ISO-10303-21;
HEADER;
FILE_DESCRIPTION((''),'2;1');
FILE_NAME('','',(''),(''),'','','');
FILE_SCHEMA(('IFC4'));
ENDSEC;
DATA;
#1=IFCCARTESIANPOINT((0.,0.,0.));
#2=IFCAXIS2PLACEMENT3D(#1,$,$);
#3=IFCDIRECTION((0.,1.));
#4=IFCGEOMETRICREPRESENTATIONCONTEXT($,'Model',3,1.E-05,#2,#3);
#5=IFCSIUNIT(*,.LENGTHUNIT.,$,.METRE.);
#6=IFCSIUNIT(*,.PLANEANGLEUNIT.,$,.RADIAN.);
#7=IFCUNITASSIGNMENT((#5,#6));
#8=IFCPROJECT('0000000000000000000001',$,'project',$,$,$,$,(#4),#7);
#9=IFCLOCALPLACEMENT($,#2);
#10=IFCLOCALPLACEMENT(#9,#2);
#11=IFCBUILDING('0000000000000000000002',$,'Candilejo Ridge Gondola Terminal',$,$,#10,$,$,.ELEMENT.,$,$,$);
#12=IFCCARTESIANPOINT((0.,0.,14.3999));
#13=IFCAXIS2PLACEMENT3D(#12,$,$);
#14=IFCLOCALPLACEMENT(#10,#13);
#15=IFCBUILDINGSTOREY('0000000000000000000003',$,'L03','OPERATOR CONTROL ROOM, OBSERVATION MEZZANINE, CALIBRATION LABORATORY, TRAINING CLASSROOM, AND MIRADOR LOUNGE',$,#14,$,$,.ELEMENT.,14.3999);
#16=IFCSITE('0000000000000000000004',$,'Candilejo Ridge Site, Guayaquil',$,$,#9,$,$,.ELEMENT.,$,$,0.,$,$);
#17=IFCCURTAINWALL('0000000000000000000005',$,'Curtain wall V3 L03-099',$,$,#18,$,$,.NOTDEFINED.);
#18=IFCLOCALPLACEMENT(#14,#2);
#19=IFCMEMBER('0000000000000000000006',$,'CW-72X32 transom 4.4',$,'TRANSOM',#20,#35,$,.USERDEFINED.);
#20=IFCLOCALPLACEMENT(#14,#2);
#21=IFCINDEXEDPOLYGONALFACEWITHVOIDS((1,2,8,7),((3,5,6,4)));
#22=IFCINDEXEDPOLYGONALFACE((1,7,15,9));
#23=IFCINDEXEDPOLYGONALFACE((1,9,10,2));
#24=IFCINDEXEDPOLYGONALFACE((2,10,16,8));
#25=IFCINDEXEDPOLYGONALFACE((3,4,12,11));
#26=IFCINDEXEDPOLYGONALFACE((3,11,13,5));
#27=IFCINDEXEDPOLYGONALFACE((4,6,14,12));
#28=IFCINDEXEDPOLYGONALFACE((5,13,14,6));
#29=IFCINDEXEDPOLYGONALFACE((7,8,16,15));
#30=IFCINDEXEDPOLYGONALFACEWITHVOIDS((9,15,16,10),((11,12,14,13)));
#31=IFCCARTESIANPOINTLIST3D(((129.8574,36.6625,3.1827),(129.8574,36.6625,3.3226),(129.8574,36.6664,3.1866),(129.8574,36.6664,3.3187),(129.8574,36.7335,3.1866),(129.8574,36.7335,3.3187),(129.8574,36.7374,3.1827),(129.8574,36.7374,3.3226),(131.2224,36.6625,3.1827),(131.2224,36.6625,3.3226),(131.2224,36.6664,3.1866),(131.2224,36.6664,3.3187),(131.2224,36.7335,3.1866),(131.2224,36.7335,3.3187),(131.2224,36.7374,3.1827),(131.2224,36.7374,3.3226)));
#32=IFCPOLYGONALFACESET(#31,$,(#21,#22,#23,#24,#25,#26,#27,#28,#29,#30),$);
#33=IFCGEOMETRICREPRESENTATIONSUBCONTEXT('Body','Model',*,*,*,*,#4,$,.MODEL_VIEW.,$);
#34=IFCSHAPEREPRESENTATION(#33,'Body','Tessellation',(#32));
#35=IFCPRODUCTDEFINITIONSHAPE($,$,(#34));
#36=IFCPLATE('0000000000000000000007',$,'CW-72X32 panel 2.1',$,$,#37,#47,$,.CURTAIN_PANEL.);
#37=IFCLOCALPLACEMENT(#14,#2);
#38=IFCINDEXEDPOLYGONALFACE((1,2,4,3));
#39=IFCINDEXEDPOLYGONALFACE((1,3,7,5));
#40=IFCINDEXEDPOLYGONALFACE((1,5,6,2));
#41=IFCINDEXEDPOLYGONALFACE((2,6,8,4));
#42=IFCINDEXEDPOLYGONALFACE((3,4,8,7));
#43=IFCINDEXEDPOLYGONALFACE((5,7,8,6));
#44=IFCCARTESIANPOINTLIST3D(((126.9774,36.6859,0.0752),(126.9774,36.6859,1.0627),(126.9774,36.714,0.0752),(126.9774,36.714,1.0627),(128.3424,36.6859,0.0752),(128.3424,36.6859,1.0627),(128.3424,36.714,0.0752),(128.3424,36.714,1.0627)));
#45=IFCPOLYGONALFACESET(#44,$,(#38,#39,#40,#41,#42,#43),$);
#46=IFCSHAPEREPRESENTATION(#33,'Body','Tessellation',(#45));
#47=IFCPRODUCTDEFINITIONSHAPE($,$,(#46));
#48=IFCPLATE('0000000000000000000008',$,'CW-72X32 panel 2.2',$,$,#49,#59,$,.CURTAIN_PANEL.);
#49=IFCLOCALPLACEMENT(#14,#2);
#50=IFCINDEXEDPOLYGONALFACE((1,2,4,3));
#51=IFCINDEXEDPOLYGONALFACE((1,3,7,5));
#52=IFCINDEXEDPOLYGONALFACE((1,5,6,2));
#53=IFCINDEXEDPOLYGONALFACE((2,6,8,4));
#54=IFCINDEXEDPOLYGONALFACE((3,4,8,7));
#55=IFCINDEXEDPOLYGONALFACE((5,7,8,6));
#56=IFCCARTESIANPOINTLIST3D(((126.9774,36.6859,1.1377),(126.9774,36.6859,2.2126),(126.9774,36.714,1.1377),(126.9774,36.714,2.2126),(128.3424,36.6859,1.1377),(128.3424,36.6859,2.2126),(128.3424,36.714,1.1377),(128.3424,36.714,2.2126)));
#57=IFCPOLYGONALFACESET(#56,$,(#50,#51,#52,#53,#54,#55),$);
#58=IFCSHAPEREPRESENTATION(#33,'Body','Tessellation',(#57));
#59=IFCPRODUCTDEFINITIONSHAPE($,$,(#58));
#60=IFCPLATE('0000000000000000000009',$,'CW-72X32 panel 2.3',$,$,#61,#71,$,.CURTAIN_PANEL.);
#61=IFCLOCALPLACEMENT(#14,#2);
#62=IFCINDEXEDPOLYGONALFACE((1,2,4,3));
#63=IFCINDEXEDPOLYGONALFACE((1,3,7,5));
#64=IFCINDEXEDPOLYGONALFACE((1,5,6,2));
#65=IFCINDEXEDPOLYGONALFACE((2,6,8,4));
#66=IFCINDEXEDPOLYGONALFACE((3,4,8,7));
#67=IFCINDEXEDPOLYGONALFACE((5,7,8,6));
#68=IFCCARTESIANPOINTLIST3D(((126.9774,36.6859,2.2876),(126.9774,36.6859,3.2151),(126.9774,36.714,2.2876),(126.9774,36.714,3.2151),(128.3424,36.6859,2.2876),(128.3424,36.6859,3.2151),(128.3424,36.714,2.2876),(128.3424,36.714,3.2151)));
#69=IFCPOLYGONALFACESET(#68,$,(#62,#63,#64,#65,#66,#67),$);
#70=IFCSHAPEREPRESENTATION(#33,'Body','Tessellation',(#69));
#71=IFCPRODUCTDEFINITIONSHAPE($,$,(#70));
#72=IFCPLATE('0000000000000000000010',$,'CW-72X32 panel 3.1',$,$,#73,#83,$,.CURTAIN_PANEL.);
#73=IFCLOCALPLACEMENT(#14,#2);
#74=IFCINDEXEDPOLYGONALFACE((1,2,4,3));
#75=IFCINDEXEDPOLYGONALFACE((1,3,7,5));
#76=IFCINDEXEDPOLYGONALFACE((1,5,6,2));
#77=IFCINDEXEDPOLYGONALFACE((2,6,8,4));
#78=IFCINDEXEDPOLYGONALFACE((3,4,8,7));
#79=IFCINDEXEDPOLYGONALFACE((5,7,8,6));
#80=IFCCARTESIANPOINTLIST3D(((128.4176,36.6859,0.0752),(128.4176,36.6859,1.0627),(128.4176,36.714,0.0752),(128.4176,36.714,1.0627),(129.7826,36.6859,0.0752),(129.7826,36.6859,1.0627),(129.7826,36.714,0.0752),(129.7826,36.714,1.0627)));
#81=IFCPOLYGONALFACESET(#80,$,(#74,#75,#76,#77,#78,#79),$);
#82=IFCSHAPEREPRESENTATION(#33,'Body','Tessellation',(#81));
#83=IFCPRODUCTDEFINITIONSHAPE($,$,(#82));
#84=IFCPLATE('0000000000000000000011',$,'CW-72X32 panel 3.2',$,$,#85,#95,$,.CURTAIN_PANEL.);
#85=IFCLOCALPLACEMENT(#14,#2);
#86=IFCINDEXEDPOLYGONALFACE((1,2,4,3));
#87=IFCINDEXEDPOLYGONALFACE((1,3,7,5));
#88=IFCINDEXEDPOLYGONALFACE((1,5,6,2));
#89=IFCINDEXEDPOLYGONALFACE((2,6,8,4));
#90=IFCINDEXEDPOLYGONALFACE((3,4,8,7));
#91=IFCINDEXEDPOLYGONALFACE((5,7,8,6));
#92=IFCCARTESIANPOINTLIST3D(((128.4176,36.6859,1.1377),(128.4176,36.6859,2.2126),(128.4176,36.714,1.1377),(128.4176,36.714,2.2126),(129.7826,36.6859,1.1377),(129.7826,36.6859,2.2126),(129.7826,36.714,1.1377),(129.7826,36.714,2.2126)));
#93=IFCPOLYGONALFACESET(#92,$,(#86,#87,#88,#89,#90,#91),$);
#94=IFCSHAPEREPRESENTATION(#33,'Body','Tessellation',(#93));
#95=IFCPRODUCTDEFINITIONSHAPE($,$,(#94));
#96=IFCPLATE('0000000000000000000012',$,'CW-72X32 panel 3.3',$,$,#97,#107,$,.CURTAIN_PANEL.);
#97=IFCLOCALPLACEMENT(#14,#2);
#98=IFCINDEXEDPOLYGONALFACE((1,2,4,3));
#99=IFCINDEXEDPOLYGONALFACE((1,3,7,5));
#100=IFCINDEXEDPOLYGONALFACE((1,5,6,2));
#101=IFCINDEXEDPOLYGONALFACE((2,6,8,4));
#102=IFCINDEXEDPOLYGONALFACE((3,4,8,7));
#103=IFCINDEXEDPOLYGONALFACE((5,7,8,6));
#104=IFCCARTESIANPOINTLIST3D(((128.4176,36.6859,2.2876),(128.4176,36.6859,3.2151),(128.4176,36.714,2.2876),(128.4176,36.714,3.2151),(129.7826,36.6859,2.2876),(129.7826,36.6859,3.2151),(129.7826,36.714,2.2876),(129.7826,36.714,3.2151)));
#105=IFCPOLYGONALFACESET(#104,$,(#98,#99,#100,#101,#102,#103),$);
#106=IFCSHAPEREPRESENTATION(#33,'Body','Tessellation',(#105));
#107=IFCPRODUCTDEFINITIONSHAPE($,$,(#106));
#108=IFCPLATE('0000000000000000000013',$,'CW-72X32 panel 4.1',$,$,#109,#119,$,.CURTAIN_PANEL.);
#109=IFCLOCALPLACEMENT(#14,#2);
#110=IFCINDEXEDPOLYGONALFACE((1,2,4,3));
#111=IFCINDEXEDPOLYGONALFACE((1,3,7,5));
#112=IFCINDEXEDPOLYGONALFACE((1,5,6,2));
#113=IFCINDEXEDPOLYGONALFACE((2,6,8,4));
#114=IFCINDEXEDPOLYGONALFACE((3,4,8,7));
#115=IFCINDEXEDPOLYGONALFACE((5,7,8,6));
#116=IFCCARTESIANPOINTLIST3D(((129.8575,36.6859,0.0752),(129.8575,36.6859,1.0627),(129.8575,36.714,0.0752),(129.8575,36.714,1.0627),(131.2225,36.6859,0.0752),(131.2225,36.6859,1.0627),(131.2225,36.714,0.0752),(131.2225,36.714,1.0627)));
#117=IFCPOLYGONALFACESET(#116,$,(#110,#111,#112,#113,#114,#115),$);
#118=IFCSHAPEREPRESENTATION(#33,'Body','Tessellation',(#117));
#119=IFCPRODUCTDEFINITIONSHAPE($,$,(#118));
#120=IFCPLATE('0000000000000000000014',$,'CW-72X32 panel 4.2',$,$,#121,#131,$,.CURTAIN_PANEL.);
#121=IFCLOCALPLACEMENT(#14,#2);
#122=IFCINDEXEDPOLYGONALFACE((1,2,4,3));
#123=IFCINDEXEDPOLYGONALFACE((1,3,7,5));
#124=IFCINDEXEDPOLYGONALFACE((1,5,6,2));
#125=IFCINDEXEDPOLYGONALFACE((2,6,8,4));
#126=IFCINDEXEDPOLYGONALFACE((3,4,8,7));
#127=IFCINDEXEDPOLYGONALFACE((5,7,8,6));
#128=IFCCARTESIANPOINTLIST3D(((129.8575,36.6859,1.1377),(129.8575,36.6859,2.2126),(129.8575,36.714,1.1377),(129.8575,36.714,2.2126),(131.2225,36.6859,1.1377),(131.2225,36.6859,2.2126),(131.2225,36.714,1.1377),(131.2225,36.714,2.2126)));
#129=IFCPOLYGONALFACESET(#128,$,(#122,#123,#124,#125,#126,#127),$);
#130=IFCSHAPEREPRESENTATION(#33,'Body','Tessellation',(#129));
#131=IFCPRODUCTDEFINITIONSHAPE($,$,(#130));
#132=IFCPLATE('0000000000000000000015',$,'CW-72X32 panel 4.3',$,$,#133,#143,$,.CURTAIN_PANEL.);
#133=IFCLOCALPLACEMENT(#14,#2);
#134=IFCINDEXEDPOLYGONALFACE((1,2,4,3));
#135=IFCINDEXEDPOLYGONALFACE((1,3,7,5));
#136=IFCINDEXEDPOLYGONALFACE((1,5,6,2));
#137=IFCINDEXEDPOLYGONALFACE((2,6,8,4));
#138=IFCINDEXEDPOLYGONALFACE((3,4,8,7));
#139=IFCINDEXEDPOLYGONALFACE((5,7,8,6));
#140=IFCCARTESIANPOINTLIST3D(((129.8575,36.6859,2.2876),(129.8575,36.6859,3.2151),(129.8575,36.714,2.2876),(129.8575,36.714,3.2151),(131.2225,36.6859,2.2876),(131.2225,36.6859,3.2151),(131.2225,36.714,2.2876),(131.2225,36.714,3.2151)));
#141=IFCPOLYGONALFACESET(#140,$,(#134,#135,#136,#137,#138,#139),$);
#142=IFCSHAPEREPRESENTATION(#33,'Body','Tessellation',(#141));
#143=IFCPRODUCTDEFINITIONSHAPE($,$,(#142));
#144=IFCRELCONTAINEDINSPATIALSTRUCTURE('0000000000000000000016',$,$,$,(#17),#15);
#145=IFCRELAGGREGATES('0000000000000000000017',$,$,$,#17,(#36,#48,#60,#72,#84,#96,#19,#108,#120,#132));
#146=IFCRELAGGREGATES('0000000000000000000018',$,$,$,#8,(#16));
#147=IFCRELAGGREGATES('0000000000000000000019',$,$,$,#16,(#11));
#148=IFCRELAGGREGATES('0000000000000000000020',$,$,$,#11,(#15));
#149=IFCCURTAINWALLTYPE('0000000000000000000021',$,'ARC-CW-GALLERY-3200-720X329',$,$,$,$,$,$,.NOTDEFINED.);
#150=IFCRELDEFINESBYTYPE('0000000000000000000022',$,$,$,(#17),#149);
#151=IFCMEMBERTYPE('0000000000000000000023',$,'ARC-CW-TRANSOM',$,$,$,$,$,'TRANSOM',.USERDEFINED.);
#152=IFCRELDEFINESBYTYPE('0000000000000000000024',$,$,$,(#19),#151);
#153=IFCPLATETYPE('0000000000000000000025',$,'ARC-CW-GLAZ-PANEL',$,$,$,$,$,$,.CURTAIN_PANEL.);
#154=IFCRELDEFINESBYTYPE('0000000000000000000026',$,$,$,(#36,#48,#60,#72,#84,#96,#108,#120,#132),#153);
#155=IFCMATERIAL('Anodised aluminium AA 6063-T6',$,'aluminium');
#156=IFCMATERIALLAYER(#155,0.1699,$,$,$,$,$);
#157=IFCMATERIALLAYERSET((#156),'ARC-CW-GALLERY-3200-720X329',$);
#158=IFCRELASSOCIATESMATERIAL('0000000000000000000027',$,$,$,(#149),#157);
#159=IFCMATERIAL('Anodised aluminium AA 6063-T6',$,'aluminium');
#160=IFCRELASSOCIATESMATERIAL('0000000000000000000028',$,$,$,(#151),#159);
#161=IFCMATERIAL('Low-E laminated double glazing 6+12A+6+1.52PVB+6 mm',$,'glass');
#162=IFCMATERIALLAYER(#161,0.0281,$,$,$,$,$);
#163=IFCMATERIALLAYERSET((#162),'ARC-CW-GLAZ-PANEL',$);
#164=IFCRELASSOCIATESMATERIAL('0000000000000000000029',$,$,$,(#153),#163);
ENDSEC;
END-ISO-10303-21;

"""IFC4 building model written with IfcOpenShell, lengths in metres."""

from ifc_helpers import new_model, si_unit, direction, frame, origin, origin_2d, place, context, subcontext, project, spatial, rectangle, hollow_rectangle, extrude, material, layer, layer_set, material_profile, profile_set, type_object, element, aggregate, save


model = new_model("IFC4")

# Units and contexts
model_context = context("Model", 3, precision=1e-05, world=origin(), true_north=direction((0.0, 1.0)))
body_context = subcontext(model_context, "Body", "Model", "MODEL_VIEW")
ifc_project = project(units=[si_unit("LENGTHUNIT", "METRE"), si_unit("PLANEANGLEUNIT", "RADIAN")], contexts=[model_context])

# Site, building, storey
site_placement = place(None, origin())
site = spatial("IfcSite", under=ifc_project, at=site_placement, Name="Candilejo Ridge Site, Guayaquil", CompositionType="ELEMENT", RefElevation=0.0)
building_placement = place(site_placement, origin())
building = spatial("IfcBuilding", under=site, at=building_placement, Name="Candilejo Ridge Gondola Terminal", CompositionType="ELEMENT")
storey_placement = place(building_placement, frame((0.0, 0.0, 14.3999)))
storey = spatial("IfcBuildingStorey", under=building, at=storey_placement, Name="L03", Description="OPERATOR CONTROL ROOM, OBSERVATION MEZZANINE, CALIBRATION LABORATORY, TRAINING CLASSROOM, AND MIRADOR LOUNGE", CompositionType="ELEMENT", Elevation=14.3999)

# Curtain wall, member, plates
ifc_material_1 = material(Name="Anodised aluminium AA 6063-T6", Category="aluminium")
ifc_layer_1 = layer(ifc_material_1, 0.1699)
ifc_layer_set_1 = layer_set([ifc_layer_1], Name="ARC-CW-GALLERY-3200-720X329")
curtain_wall_type = type_object("IfcCurtainWallType", Name="ARC-CW-GALLERY-3200-720X329", PredefinedType="NOTDEFINED", material=ifc_layer_set_1)
curtain_wall_placement = place(storey_placement, origin())
curtain_wall = element("IfcCurtainWall", 1, at=curtain_wall_placement, inside=storey, type_object=curtain_wall_type, Name="Curtain wall V3 L03-099", PredefinedType="NOTDEFINED")
ifc_material_2 = material(Name="Anodised aluminium AA 6063-T6", Category="aluminium")
ifc_material_profile_1 = material_profile(ifc_material_2, hollow_rectangle(XDim=0.075, YDim=0.1399, WallThickness=0.0039, at=origin_2d()))
ifc_profile_set_1 = profile_set([ifc_material_profile_1], Name="Anodised aluminium AA 6063-T6")
member_type_1 = type_object("IfcMemberType", Name="ARC-CW-TRANSOM", ElementType="TRANSOM", PredefinedType="USERDEFINED", material=ifc_profile_set_1)
member_1_placement = place(storey_placement, frame((129.8574, 36.7, 3.2527), z_axis=(1.0, 0.0, 0.0), x_axis=(0.0, 1.0, 0.0)))
member_1 = element("IfcMember", 2, at=member_1_placement, type_object=member_type_1, Name="CW-72X32 transom 4.4", ObjectType="TRANSOM", PredefinedType="USERDEFINED", context=body_context, shape_type="SweptSolid", body=[
    extrude(hollow_rectangle(XDim=0.075, YDim=0.1399, WallThickness=0.0039, at=origin_2d()), origin(), (0.0, 0.0, 1.0), 1.365),
])
ifc_material_3 = material(Name="Low-E laminated double glazing 6+12A+6+1.52PVB+6 mm", Category="glass")
ifc_layer_2 = layer(ifc_material_3, 0.0281)
ifc_layer_set_2 = layer_set([ifc_layer_2], Name="ARC-CW-GLAZ-PANEL")
plate_type = type_object("IfcPlateType", Name="ARC-CW-GLAZ-PANEL", PredefinedType="CURTAIN_PANEL", material=ifc_layer_set_2)
plate_1_placement = place(storey_placement, frame((127.6599, 36.7, 0.0752), z_axis=(0.0, 0.0, 1.0), x_axis=(1.0, 0.0, 0.0)))
plate_1 = element("IfcPlate", 3, at=plate_1_placement, type_object=plate_type, Name="CW-72X32 panel 2.1", PredefinedType="CURTAIN_PANEL", context=body_context, shape_type="SweptSolid", body=[
    extrude(rectangle(XDim=1.365, YDim=0.0281, at=origin_2d()), origin(), (0.0, 0.0, 1.0), 0.9875),
])
plate_2_placement = place(storey_placement, frame((127.6599, 36.7, 1.1377), z_axis=(0.0, 0.0, 1.0), x_axis=(1.0, 0.0, 0.0)))
plate_2 = element("IfcPlate", 4, at=plate_2_placement, type_object=plate_type, Name="CW-72X32 panel 2.2", PredefinedType="CURTAIN_PANEL", context=body_context, shape_type="SweptSolid", body=[
    extrude(rectangle(XDim=1.365, YDim=0.0281, at=origin_2d()), origin(), (0.0, 0.0, 1.0), 1.075),
])
plate_3_placement = place(storey_placement, frame((127.6599, 36.7, 2.2876), z_axis=(0.0, 0.0, 1.0), x_axis=(1.0, 0.0, 0.0)))
plate_3 = element("IfcPlate", 5, at=plate_3_placement, type_object=plate_type, Name="CW-72X32 panel 2.3", PredefinedType="CURTAIN_PANEL", context=body_context, shape_type="SweptSolid", body=[
    extrude(rectangle(XDim=1.365, YDim=0.0281, at=origin_2d()), origin(), (0.0, 0.0, 1.0), 0.9275),
])
plate_4_placement = place(storey_placement, frame((129.1001, 36.7, 0.0752), z_axis=(0.0, 0.0, 1.0), x_axis=(1.0, 0.0, 0.0)))
plate_4 = element("IfcPlate", 6, at=plate_4_placement, type_object=plate_type, Name="CW-72X32 panel 3.1", PredefinedType="CURTAIN_PANEL", context=body_context, shape_type="SweptSolid", body=[
    extrude(rectangle(XDim=1.365, YDim=0.0281, at=origin_2d()), origin(), (0.0, 0.0, 1.0), 0.9875),
])
plate_5_placement = place(storey_placement, frame((129.1001, 36.7, 1.1377), z_axis=(0.0, 0.0, 1.0), x_axis=(1.0, 0.0, 0.0)))
plate_5 = element("IfcPlate", 7, at=plate_5_placement, type_object=plate_type, Name="CW-72X32 panel 3.2", PredefinedType="CURTAIN_PANEL", context=body_context, shape_type="SweptSolid", body=[
    extrude(rectangle(XDim=1.365, YDim=0.0281, at=origin_2d()), origin(), (0.0, 0.0, 1.0), 1.075),
])
plate_6_placement = place(storey_placement, frame((129.1001, 36.7, 2.2876), z_axis=(0.0, 0.0, 1.0), x_axis=(1.0, 0.0, 0.0)))
plate_6 = element("IfcPlate", 8, at=plate_6_placement, type_object=plate_type, Name="CW-72X32 panel 3.3", PredefinedType="CURTAIN_PANEL", context=body_context, shape_type="SweptSolid", body=[
    extrude(rectangle(XDim=1.365, YDim=0.0281, at=origin_2d()), origin(), (0.0, 0.0, 1.0), 0.9275),
])
plate_7_placement = place(storey_placement, frame((130.54, 36.7, 0.0752), z_axis=(0.0, 0.0, 1.0), x_axis=(1.0, 0.0, 0.0)))
plate_7 = element("IfcPlate", 9, at=plate_7_placement, type_object=plate_type, Name="CW-72X32 panel 4.1", PredefinedType="CURTAIN_PANEL", context=body_context, shape_type="SweptSolid", body=[
    extrude(rectangle(XDim=1.365, YDim=0.0281, at=origin_2d()), origin(), (0.0, 0.0, 1.0), 0.9875),
])
plate_8_placement = place(storey_placement, frame((130.54, 36.7, 1.1377), z_axis=(0.0, 0.0, 1.0), x_axis=(1.0, 0.0, 0.0)))
plate_8 = element("IfcPlate", 10, at=plate_8_placement, type_object=plate_type, Name="CW-72X32 panel 4.2", PredefinedType="CURTAIN_PANEL", context=body_context, shape_type="SweptSolid", body=[
    extrude(rectangle(XDim=1.365, YDim=0.0281, at=origin_2d()), origin(), (0.0, 0.0, 1.0), 1.075),
])
plate_9_placement = place(storey_placement, frame((130.54, 36.7, 2.2876), z_axis=(0.0, 0.0, 1.0), x_axis=(1.0, 0.0, 0.0)))
plate_9 = element("IfcPlate", 11, at=plate_9_placement, type_object=plate_type, Name="CW-72X32 panel 4.3", PredefinedType="CURTAIN_PANEL", context=body_context, shape_type="SweptSolid", body=[
    extrude(rectangle(XDim=1.365, YDim=0.0281, at=origin_2d()), origin(), (0.0, 0.0, 1.0), 0.9275),
])
aggregate(curtain_wall, [plate_1, plate_2, plate_3, plate_4, plate_5, plate_6, member_1, plate_7, plate_8, plate_9])

save(model, "model.ifc")
